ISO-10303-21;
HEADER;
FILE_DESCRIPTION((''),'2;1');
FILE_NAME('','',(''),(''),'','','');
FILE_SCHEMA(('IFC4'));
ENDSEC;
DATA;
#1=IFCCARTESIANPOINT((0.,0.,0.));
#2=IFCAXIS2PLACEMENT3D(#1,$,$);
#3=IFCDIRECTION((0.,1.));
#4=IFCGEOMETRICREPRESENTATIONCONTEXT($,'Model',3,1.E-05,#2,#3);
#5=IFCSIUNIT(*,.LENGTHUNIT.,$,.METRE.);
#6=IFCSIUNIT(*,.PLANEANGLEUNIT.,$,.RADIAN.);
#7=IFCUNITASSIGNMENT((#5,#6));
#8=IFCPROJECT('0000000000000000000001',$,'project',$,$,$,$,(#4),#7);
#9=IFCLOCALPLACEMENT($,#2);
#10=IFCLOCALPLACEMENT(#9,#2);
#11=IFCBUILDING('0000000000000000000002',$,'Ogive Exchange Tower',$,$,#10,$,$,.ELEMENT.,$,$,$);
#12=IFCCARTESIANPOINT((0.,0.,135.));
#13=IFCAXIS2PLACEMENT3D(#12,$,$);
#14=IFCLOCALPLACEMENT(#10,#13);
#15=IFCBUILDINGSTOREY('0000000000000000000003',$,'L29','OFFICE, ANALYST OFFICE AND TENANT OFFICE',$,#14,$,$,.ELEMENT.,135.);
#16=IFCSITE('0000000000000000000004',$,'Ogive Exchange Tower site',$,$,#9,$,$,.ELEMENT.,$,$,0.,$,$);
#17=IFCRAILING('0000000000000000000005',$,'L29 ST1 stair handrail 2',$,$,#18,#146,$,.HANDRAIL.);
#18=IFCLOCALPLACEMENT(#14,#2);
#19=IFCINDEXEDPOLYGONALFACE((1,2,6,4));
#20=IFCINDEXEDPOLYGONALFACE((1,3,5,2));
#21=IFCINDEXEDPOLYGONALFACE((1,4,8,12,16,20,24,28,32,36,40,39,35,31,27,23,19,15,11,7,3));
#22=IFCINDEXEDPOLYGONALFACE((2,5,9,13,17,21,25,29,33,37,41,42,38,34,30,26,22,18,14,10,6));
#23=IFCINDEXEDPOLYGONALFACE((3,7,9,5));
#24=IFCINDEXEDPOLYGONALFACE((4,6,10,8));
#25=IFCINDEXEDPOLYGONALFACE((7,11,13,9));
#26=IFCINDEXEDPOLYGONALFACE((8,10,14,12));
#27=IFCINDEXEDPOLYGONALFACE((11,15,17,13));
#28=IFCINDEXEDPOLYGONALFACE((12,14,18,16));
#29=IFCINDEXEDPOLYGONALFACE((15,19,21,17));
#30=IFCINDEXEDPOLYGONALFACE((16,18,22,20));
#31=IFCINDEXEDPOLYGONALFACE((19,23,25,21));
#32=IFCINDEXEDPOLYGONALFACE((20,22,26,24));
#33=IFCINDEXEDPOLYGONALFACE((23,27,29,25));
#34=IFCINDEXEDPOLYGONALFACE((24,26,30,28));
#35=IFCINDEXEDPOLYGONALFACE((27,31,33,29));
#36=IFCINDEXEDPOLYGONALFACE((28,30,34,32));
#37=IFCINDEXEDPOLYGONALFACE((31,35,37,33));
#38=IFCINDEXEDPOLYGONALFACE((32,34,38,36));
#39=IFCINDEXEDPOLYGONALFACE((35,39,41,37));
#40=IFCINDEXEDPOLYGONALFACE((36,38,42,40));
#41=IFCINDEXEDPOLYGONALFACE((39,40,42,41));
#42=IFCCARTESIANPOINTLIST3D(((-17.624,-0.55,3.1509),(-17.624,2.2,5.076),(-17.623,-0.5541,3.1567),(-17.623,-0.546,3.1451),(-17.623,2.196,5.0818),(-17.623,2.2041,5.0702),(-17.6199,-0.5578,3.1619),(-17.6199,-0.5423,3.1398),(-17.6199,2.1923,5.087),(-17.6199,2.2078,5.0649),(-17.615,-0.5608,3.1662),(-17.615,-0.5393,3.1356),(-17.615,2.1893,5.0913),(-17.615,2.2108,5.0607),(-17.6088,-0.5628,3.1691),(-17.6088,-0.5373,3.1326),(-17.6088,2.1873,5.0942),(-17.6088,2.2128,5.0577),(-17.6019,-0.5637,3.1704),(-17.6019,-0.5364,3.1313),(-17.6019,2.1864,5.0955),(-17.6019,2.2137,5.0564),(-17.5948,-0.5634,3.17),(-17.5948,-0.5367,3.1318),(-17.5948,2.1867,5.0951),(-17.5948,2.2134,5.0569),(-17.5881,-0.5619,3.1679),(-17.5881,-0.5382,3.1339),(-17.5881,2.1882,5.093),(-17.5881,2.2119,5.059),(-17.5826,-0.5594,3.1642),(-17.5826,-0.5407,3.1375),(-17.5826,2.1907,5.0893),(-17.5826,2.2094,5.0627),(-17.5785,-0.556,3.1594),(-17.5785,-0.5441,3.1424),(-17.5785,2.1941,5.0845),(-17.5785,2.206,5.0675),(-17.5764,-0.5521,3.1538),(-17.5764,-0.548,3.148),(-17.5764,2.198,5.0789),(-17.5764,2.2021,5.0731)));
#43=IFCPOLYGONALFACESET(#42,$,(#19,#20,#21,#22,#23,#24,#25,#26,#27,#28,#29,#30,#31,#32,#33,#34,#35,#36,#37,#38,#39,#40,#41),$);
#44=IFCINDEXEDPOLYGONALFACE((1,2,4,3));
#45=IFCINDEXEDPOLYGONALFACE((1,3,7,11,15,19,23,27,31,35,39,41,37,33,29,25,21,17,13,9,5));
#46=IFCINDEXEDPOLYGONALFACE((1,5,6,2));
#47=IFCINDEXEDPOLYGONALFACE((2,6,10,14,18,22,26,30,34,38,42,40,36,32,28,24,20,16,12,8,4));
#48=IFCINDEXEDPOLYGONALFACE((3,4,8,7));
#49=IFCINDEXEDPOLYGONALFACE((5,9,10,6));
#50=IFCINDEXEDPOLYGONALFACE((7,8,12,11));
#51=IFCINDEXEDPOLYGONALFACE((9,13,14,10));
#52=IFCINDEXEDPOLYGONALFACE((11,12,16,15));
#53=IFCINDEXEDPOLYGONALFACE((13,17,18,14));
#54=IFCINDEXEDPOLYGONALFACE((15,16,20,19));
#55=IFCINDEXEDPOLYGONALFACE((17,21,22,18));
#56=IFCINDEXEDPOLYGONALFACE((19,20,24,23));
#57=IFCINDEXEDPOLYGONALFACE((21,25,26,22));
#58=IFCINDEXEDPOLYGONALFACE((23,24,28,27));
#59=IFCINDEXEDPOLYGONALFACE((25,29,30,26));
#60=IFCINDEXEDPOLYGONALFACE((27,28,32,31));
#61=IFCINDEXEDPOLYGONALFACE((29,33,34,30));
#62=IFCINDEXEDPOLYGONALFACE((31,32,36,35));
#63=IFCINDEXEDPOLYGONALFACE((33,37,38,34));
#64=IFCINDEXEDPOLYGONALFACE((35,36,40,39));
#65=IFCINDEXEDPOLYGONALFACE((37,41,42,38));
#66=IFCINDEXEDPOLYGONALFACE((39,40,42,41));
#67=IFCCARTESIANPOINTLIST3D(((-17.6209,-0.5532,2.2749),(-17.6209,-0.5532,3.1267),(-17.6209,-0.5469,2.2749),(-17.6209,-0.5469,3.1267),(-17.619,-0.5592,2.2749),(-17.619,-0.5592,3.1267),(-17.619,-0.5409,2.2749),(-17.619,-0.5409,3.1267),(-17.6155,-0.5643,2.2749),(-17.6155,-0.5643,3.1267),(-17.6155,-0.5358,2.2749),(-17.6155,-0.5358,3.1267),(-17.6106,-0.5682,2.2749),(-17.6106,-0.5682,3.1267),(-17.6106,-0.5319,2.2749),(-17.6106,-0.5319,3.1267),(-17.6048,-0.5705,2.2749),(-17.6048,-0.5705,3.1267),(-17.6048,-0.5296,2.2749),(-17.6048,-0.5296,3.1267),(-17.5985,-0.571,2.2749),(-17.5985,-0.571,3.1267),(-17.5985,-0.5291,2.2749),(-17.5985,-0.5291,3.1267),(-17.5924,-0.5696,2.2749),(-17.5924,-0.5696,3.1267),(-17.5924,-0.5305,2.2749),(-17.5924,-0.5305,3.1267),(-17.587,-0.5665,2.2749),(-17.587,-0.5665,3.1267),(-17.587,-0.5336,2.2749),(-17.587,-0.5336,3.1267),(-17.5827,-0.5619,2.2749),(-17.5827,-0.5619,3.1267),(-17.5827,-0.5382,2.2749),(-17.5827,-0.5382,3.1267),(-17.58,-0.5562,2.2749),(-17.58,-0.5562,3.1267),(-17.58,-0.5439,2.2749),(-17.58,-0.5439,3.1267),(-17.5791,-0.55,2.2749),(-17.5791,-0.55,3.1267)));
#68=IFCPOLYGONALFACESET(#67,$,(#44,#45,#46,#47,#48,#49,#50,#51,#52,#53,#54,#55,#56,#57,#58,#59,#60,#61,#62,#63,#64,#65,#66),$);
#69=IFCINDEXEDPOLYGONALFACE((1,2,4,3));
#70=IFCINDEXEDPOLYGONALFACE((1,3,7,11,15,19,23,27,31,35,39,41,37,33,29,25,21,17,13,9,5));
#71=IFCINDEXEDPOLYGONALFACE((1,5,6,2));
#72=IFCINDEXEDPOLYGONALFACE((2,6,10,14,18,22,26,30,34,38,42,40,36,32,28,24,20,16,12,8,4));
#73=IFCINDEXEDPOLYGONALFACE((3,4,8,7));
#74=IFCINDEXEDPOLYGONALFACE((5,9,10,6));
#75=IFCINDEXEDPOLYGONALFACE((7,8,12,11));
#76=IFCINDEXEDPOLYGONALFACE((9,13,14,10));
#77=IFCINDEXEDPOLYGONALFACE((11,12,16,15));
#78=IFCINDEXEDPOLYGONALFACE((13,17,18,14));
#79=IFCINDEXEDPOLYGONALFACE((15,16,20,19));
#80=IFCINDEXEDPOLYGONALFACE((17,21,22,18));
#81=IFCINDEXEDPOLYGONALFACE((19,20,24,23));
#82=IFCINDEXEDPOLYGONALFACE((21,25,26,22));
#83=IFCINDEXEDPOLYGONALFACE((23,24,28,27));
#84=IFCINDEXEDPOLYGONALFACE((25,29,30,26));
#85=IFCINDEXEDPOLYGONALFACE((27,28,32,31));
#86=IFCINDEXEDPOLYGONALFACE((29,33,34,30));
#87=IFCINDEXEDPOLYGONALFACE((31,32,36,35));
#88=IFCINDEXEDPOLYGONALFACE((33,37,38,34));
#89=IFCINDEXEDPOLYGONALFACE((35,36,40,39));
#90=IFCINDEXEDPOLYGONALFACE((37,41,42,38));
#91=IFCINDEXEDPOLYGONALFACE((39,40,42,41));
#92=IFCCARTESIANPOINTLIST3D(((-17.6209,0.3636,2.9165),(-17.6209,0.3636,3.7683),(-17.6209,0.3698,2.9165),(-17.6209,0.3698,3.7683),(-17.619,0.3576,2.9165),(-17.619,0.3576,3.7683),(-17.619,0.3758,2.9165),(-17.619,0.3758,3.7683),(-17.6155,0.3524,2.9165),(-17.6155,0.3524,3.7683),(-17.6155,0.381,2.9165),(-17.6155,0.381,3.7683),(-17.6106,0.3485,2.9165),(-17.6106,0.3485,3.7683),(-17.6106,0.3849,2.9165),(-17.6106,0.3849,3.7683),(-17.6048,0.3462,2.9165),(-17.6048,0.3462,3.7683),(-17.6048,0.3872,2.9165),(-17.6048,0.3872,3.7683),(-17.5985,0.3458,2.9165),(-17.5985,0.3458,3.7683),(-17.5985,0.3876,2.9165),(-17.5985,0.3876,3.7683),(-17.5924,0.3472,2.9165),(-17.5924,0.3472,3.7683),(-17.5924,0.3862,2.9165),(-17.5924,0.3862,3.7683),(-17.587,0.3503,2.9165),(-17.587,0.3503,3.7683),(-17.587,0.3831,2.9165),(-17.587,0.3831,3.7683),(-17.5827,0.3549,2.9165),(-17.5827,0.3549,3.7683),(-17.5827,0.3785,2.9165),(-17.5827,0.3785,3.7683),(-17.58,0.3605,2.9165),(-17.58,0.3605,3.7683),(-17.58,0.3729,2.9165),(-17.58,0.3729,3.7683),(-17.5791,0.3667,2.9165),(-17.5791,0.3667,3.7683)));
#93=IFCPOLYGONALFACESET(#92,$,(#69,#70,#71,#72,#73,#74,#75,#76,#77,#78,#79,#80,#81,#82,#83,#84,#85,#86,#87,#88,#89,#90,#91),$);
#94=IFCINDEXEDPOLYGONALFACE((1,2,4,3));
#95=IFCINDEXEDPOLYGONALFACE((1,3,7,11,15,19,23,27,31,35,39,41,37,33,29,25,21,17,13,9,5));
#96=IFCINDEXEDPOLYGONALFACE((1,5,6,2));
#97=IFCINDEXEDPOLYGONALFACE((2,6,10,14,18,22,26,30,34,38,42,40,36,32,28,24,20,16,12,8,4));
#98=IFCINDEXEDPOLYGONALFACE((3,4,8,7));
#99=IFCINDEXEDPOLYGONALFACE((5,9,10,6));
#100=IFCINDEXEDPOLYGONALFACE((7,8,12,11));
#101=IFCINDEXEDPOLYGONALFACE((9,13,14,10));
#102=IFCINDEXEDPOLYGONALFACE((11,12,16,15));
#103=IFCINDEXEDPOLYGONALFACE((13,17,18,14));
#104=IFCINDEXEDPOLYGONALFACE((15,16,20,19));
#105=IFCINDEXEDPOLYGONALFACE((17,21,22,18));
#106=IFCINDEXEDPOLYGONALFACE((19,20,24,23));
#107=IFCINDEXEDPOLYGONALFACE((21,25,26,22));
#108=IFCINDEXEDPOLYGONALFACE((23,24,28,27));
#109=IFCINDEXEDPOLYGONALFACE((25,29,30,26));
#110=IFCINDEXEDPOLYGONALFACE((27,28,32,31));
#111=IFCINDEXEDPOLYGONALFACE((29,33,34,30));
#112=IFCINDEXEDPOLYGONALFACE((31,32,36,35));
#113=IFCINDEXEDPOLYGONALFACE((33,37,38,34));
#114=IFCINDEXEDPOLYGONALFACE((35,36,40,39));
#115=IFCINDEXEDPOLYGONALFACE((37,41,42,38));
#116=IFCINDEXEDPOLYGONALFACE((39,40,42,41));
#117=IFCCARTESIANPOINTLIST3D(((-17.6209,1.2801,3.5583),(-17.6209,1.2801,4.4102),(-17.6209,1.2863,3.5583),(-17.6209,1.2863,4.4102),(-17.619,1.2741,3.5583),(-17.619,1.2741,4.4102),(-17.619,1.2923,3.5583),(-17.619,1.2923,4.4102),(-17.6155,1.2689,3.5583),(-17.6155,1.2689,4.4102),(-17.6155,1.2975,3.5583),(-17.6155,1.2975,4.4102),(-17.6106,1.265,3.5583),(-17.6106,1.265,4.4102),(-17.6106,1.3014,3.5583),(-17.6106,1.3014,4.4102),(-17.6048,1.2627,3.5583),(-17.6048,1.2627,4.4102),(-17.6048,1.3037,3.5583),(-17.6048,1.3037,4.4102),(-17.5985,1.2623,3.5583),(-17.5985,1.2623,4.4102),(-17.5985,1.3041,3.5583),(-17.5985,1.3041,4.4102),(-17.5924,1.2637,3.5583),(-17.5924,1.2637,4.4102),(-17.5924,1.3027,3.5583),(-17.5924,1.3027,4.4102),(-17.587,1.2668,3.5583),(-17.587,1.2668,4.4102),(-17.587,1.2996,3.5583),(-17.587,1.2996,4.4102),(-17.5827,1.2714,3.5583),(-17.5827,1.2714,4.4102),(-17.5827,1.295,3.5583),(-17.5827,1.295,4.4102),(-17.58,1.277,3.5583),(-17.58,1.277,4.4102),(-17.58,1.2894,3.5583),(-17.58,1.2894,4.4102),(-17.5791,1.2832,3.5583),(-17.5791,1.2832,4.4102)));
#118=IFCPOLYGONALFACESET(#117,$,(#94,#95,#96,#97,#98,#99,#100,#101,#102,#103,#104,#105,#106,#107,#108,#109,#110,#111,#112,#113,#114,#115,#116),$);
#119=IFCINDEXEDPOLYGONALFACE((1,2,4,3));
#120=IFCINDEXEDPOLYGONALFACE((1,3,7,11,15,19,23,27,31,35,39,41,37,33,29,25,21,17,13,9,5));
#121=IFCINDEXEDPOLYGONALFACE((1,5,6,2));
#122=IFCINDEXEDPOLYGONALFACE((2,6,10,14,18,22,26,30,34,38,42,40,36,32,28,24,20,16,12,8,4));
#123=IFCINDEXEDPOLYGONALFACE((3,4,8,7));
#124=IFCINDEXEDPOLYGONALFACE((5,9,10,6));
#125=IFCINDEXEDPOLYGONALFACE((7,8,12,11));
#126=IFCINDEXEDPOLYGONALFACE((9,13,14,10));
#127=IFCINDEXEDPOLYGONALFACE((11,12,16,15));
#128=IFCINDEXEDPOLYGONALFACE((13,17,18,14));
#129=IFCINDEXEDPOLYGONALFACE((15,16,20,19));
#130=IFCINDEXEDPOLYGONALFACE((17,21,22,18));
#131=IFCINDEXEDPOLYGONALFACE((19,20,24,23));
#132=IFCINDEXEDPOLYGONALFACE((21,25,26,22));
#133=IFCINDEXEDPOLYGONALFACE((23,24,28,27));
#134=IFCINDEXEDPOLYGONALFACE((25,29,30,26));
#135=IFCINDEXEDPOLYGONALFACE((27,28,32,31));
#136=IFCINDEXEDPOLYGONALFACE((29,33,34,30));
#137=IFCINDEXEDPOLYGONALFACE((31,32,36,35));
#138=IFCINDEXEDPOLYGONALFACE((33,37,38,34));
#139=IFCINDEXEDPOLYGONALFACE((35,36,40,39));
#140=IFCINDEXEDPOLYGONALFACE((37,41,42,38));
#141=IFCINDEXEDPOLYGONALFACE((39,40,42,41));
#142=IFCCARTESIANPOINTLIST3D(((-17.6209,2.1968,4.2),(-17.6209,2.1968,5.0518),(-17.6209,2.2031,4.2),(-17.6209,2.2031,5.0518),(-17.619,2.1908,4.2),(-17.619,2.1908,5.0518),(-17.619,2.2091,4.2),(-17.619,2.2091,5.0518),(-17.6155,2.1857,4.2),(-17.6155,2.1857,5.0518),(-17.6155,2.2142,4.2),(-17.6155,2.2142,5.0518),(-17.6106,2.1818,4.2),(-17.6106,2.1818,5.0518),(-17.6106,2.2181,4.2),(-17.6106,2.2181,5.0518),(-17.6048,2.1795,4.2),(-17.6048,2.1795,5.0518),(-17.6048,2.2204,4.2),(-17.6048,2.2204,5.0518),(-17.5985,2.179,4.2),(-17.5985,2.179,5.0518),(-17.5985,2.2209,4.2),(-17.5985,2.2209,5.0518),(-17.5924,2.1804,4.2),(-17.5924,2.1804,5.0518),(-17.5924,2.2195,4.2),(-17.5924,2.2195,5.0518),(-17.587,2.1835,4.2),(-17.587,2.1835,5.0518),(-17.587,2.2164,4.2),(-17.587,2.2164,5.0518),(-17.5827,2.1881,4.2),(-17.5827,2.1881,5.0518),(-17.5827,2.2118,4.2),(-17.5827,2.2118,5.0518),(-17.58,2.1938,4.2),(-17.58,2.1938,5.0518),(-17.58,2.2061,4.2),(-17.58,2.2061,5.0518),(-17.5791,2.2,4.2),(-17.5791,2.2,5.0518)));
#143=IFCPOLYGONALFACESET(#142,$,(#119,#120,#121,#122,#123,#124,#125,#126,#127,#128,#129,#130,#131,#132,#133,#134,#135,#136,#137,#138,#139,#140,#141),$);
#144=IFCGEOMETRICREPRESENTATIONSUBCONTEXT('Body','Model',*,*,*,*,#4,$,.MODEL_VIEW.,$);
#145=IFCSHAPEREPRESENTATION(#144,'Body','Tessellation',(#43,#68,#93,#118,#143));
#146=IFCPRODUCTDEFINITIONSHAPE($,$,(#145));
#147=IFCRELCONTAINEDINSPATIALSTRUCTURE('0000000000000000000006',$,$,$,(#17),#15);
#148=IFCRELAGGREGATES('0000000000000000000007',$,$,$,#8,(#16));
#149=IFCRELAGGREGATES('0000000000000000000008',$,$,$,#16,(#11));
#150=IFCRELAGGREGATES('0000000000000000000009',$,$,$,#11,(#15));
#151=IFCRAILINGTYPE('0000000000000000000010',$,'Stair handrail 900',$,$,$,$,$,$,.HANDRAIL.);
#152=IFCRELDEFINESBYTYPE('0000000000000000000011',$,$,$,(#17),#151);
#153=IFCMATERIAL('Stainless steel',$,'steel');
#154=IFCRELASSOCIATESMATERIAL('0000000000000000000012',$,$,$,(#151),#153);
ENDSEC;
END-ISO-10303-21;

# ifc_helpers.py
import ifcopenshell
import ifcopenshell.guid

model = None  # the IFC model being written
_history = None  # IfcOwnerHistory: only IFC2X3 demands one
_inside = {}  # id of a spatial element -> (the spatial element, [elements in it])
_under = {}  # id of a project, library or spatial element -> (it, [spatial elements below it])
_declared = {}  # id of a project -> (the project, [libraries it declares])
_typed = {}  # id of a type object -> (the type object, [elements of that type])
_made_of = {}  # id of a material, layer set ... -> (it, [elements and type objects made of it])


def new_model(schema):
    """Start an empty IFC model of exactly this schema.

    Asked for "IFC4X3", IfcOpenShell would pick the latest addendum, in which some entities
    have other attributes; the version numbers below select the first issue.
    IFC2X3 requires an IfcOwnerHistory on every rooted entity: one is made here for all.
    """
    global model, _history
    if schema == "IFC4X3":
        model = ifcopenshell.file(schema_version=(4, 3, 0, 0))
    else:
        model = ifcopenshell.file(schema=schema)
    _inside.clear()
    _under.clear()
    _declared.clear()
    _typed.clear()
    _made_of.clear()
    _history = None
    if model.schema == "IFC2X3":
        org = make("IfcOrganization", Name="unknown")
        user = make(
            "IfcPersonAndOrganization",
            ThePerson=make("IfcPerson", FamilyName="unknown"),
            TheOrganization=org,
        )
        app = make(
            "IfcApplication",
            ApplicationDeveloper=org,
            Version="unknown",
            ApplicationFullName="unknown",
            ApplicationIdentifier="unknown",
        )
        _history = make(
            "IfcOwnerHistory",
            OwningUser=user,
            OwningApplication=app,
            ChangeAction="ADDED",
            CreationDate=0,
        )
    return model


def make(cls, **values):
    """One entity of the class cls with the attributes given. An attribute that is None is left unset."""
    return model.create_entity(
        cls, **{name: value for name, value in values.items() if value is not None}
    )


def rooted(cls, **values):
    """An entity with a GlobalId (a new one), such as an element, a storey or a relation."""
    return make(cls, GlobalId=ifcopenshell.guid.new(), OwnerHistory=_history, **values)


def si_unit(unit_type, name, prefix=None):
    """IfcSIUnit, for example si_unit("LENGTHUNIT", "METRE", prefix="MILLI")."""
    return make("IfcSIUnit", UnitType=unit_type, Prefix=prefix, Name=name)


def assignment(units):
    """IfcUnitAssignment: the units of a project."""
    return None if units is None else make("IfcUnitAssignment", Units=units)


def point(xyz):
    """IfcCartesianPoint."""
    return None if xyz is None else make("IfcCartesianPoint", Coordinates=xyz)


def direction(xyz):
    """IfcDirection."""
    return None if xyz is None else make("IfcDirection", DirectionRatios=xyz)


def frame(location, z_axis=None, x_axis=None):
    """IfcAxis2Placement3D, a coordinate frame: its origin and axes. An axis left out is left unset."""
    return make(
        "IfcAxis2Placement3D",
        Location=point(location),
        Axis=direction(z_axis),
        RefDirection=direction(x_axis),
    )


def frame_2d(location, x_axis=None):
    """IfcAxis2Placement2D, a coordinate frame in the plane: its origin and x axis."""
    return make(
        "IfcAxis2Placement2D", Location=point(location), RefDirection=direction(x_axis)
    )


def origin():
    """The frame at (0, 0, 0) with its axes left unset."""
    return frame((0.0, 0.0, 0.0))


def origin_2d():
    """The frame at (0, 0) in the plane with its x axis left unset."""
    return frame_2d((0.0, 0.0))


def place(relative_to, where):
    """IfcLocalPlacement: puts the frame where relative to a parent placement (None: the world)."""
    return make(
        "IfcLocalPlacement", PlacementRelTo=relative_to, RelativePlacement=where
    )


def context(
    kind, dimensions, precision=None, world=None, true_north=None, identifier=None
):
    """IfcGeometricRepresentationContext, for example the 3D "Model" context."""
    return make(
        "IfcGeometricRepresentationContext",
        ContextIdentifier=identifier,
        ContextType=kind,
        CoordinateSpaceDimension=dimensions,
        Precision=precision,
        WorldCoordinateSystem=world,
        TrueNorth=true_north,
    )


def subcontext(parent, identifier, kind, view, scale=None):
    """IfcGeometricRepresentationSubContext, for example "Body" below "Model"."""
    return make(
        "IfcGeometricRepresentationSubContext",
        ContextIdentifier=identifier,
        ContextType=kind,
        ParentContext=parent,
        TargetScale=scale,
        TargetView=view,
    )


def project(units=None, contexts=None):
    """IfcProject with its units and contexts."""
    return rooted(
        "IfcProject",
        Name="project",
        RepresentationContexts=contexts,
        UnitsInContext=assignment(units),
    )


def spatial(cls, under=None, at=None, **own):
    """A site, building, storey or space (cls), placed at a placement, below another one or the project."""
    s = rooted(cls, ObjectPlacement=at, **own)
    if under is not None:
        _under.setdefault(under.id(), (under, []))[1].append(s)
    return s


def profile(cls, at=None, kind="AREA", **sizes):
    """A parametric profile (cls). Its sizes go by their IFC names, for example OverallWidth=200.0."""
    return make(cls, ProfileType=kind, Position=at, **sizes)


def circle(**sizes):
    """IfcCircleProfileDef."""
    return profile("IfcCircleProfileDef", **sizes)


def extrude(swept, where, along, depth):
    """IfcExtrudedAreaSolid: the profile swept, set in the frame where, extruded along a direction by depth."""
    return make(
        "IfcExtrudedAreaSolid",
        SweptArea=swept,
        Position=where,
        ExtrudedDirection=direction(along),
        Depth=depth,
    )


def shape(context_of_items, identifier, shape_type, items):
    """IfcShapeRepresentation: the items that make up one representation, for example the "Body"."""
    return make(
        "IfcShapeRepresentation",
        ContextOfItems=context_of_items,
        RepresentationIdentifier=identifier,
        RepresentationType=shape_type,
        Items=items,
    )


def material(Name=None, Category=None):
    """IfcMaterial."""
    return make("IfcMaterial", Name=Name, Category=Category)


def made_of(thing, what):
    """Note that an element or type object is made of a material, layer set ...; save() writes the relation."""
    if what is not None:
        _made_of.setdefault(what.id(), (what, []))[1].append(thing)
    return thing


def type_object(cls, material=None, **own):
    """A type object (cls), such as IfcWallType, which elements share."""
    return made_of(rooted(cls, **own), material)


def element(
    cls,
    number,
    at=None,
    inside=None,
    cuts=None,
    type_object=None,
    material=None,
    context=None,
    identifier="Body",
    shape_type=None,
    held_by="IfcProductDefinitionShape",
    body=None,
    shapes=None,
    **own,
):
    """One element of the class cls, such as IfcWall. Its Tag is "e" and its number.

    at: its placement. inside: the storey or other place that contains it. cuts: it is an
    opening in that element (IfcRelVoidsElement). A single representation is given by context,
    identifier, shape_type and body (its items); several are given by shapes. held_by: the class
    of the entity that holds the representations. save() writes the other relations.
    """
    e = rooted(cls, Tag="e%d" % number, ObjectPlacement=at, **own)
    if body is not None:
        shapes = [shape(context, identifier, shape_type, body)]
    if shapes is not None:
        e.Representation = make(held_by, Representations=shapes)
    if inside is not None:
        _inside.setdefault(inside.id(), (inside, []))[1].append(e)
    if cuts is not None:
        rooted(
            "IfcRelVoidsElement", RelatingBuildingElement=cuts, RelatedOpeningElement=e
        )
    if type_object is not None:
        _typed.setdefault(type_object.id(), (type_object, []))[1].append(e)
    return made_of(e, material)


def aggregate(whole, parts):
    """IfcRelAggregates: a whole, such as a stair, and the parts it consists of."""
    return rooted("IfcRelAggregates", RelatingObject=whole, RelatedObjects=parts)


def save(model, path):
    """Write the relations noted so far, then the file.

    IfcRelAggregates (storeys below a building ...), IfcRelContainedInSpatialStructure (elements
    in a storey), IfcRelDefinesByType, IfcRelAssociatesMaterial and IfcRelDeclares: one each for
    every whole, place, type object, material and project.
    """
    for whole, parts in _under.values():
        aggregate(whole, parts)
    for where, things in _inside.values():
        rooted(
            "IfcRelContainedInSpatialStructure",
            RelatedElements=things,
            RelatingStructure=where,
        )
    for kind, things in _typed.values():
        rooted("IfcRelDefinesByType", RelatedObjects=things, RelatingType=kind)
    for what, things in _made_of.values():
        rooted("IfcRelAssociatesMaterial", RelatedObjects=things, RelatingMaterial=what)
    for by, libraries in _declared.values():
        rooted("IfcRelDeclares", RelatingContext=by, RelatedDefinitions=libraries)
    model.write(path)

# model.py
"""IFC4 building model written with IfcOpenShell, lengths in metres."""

from ifc_helpers import new_model, si_unit, direction, frame, origin, origin_2d, place, context, subcontext, project, spatial, circle, extrude, material, type_object, element, save


model = new_model("IFC4")

# Units and contexts
model_context = context("Model", 3, precision=1e-05, world=origin(), true_north=direction((0.0, 1.0)))
body_context = subcontext(model_context, "Body", "Model", "MODEL_VIEW")
ifc_project = project(units=[si_unit("LENGTHUNIT", "METRE"), si_unit("PLANEANGLEUNIT", "RADIAN")], contexts=[model_context])

# Site, building, storey
site_placement = place(None, origin())
site = spatial("IfcSite", under=ifc_project, at=site_placement, Name="Ogive Exchange Tower site", CompositionType="ELEMENT", RefElevation=0.0)
building_placement = place(site_placement, origin())
building = spatial("IfcBuilding", under=site, at=building_placement, Name="Ogive Exchange Tower", CompositionType="ELEMENT")
storey_placement = place(building_placement, frame((0.0, 0.0, 135.0)))
storey = spatial("IfcBuildingStorey", under=building, at=storey_placement, Name="L29", Description="OFFICE, ANALYST OFFICE AND TENANT OFFICE", CompositionType="ELEMENT", Elevation=135.0)

# Shared definitions
ifc_material_1 = material(Name="Stainless steel", Category="steel")

# Railing
railing_type = type_object("IfcRailingType", Name="Stair handrail 900", PredefinedType="HANDRAIL", material=ifc_material_1)
railing_1_placement = place(storey_placement, frame((-17.6001, -0.55, 2.2749)))
element("IfcRailing", 1, at=railing_1_placement, inside=storey, type_object=railing_type, Name="L29 ST1 stair handrail 2", PredefinedType="HANDRAIL", context=body_context, shape_type="SweptSolid", body=[
    extrude(circle(Radius=0.0239, at=origin_2d()), frame((0.0, 0.0, 0.876), z_axis=(0.0, 0.819225, 0.573472), x_axis=(-1.0, 0.0, 0.0)), (0.0, 0.0, 1.0), 3.3569),
    extrude(circle(Radius=0.021, at=origin_2d()), origin(), (0.0, 0.0, 1.0), 0.8518),
    extrude(circle(Radius=0.021, at=origin_2d()), frame((0.0, 0.9167, 0.6416)), (0.0, 0.0, 1.0), 0.8518),
    extrude(circle(Radius=0.021, at=origin_2d()), frame((0.0, 1.8333, 1.2834)), (0.0, 0.0, 1.0), 0.8518),
    extrude(circle(Radius=0.021, at=origin_2d()), frame((0.0, 2.75, 1.925)), (0.0, 0.0, 1.0), 0.8518),
])

save(model, "model.ifc")
